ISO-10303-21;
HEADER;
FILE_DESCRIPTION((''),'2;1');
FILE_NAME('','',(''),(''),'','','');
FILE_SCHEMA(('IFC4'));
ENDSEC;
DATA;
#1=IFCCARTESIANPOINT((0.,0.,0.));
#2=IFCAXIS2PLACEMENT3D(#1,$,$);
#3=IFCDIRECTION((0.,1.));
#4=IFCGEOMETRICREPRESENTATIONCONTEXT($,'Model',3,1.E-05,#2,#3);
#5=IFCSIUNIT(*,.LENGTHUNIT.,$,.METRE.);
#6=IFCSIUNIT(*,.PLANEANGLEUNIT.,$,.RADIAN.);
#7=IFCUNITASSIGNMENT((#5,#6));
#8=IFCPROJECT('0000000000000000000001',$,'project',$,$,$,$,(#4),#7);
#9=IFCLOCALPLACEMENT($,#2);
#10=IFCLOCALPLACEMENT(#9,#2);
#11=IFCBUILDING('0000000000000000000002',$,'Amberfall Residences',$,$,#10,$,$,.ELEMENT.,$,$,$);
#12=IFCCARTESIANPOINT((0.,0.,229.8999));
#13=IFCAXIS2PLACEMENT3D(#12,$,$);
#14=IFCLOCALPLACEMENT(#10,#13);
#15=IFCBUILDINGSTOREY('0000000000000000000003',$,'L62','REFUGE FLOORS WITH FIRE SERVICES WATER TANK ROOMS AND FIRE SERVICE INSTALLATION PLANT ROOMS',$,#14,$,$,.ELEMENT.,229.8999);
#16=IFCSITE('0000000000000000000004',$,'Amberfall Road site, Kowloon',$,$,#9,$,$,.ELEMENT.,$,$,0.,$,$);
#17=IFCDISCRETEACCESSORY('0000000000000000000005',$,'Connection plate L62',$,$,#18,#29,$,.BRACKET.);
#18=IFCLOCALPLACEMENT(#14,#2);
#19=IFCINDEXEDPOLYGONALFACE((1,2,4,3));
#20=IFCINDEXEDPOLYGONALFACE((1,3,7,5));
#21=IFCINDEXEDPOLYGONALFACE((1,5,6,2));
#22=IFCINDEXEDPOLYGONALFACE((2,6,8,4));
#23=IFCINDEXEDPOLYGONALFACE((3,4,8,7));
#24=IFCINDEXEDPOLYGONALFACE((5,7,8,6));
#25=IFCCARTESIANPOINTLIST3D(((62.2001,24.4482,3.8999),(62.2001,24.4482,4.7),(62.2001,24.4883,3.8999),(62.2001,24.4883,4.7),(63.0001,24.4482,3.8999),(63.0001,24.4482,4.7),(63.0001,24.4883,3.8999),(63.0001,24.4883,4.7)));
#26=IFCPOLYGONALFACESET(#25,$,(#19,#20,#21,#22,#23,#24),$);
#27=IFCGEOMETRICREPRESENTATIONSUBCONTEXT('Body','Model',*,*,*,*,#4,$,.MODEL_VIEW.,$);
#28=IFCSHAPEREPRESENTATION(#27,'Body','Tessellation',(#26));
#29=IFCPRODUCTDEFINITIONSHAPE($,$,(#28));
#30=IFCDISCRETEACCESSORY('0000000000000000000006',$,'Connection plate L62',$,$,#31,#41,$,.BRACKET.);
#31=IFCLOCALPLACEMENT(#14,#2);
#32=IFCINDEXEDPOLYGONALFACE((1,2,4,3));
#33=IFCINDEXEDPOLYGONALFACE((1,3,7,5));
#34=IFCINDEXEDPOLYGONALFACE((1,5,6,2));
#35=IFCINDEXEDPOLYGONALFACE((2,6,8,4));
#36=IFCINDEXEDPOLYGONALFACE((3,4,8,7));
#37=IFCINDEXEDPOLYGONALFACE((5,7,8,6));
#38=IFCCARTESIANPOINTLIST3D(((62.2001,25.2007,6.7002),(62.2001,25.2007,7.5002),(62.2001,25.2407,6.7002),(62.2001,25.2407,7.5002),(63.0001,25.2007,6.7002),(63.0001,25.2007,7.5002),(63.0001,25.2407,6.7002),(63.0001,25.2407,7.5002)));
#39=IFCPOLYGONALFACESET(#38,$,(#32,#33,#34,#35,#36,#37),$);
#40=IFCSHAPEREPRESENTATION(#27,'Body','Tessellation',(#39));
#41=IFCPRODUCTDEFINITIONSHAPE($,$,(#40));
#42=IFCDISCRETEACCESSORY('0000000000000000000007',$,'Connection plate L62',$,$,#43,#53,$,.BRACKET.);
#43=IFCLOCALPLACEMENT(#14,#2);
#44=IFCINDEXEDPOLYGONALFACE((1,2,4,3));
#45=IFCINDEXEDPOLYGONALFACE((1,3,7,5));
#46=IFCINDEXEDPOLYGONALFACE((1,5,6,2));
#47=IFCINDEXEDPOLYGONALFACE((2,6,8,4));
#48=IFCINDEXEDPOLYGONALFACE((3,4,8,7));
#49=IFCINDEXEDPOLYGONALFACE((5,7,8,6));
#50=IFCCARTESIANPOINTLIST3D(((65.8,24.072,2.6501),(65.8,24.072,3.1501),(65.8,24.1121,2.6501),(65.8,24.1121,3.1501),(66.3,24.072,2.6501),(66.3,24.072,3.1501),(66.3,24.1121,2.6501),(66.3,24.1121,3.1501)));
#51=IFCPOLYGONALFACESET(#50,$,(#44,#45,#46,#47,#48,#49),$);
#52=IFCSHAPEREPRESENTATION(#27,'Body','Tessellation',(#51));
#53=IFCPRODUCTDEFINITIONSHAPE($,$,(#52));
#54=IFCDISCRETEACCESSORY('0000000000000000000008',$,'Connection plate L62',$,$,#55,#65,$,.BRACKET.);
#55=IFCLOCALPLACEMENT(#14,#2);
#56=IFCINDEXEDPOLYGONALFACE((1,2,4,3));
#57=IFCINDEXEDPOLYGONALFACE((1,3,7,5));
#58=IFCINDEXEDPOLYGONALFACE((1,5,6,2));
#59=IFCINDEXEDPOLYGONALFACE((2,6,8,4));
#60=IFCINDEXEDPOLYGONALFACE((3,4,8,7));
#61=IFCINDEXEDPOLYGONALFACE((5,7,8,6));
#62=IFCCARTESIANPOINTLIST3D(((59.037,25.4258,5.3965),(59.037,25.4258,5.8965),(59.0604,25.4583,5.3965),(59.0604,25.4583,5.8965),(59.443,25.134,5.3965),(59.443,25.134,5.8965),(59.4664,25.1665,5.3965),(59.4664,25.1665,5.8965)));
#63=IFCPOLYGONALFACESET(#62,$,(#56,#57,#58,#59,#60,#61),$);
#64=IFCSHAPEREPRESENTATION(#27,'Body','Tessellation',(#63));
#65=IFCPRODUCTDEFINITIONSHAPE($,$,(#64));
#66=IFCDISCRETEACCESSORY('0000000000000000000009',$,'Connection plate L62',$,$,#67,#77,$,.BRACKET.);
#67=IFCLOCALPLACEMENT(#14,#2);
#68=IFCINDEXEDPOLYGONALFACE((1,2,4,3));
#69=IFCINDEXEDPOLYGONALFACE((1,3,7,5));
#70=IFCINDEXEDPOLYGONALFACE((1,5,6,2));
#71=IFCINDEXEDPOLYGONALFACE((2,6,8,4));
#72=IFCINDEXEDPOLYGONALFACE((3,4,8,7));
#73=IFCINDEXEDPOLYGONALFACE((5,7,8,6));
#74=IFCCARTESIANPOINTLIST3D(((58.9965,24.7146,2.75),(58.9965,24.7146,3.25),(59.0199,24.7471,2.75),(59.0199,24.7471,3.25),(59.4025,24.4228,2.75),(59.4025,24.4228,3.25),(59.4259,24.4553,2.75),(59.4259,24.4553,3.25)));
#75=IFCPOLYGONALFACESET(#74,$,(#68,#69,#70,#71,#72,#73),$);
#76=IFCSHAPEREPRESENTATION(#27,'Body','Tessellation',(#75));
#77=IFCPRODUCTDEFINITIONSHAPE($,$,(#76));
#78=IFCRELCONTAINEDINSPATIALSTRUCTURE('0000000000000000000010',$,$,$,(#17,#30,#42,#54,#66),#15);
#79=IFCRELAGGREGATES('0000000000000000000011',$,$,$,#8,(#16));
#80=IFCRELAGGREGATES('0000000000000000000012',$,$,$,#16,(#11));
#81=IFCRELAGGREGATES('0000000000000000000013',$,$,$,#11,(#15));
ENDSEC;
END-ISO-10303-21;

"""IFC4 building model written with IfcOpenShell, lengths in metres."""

from ifc_helpers import new_model, si_unit, direction, frame, origin, origin_2d, place, context, subcontext, project, spatial, rectangle, extrude, element, save


model = new_model("IFC4")

# Units and contexts
model_context = context("Model", 3, precision=1e-05, world=origin(), true_north=direction((0.0, 1.0)))
body_context = subcontext(model_context, "Body", "Model", "MODEL_VIEW")
ifc_project = project(units=[si_unit("LENGTHUNIT", "METRE"), si_unit("PLANEANGLEUNIT", "RADIAN")], contexts=[model_context])

# Site, building, storey
site_placement = place(None, origin())
site = spatial("IfcSite", under=ifc_project, at=site_placement, Name="Amberfall Road site, Kowloon", CompositionType="ELEMENT", RefElevation=0.0)
building_placement = place(site_placement, origin())
building = spatial("IfcBuilding", under=site, at=building_placement, Name="Amberfall Residences", CompositionType="ELEMENT")
storey_placement = place(building_placement, frame((0.0, 0.0, 229.8999)))
storey = spatial("IfcBuildingStorey", under=building, at=storey_placement, Name="L62", Description="REFUGE FLOORS WITH FIRE SERVICES WATER TANK ROOMS AND FIRE SERVICE INSTALLATION PLANT ROOMS", CompositionType="ELEMENT", Elevation=229.8999)

# Discrete accessories
for number, where, z_axis, x_axis, name in (
    (1, (62.6001, 24.4683, 3.8999), (0.0, 0.0, 1.0), (1.0, 0.0, 0.0), "Connection plate L62"),
    (2, (62.6001, 25.2207, 6.7002), (0.0, 0.0, 1.0), (1.0, 0.0, 0.0), "Connection plate L62"),
):
    element("IfcDiscreteAccessory", number, at=place(storey_placement, frame(where, z_axis=z_axis, x_axis=x_axis)), inside=storey, Name=name, PredefinedType="BRACKET", context=body_context, shape_type="SweptSolid", body=[
        extrude(rectangle(XDim=0.8, YDim=0.04, at=origin_2d()), origin(), (0.0, 0.0, 1.0), 0.8),
    ])
for number, where, z_axis, x_axis, name in (
    (3, (66.05, 24.092, 2.6501), (0.0, 0.0, 1.0), (1.0, 0.0, 0.0), "Connection plate L62"),
    (4, (59.2517, 25.2961, 5.3965), (0.0, 0.0, 1.0), (0.812002, -0.583655, 0.0), "Connection plate L62"),
    (5, (59.2112, 24.585, 2.75), (0.0, 0.0, 1.0), (0.812002, -0.583655, 0.0), "Connection plate L62"),
):
    element("IfcDiscreteAccessory", number, at=place(storey_placement, frame(where, z_axis=z_axis, x_axis=x_axis)), inside=storey, Name=name, PredefinedType="BRACKET", context=body_context, shape_type="SweptSolid", body=[
        extrude(rectangle(XDim=0.5, YDim=0.04, at=origin_2d()), origin(), (0.0, 0.0, 1.0), 0.5),
    ])

save(model, "model.ifc")
